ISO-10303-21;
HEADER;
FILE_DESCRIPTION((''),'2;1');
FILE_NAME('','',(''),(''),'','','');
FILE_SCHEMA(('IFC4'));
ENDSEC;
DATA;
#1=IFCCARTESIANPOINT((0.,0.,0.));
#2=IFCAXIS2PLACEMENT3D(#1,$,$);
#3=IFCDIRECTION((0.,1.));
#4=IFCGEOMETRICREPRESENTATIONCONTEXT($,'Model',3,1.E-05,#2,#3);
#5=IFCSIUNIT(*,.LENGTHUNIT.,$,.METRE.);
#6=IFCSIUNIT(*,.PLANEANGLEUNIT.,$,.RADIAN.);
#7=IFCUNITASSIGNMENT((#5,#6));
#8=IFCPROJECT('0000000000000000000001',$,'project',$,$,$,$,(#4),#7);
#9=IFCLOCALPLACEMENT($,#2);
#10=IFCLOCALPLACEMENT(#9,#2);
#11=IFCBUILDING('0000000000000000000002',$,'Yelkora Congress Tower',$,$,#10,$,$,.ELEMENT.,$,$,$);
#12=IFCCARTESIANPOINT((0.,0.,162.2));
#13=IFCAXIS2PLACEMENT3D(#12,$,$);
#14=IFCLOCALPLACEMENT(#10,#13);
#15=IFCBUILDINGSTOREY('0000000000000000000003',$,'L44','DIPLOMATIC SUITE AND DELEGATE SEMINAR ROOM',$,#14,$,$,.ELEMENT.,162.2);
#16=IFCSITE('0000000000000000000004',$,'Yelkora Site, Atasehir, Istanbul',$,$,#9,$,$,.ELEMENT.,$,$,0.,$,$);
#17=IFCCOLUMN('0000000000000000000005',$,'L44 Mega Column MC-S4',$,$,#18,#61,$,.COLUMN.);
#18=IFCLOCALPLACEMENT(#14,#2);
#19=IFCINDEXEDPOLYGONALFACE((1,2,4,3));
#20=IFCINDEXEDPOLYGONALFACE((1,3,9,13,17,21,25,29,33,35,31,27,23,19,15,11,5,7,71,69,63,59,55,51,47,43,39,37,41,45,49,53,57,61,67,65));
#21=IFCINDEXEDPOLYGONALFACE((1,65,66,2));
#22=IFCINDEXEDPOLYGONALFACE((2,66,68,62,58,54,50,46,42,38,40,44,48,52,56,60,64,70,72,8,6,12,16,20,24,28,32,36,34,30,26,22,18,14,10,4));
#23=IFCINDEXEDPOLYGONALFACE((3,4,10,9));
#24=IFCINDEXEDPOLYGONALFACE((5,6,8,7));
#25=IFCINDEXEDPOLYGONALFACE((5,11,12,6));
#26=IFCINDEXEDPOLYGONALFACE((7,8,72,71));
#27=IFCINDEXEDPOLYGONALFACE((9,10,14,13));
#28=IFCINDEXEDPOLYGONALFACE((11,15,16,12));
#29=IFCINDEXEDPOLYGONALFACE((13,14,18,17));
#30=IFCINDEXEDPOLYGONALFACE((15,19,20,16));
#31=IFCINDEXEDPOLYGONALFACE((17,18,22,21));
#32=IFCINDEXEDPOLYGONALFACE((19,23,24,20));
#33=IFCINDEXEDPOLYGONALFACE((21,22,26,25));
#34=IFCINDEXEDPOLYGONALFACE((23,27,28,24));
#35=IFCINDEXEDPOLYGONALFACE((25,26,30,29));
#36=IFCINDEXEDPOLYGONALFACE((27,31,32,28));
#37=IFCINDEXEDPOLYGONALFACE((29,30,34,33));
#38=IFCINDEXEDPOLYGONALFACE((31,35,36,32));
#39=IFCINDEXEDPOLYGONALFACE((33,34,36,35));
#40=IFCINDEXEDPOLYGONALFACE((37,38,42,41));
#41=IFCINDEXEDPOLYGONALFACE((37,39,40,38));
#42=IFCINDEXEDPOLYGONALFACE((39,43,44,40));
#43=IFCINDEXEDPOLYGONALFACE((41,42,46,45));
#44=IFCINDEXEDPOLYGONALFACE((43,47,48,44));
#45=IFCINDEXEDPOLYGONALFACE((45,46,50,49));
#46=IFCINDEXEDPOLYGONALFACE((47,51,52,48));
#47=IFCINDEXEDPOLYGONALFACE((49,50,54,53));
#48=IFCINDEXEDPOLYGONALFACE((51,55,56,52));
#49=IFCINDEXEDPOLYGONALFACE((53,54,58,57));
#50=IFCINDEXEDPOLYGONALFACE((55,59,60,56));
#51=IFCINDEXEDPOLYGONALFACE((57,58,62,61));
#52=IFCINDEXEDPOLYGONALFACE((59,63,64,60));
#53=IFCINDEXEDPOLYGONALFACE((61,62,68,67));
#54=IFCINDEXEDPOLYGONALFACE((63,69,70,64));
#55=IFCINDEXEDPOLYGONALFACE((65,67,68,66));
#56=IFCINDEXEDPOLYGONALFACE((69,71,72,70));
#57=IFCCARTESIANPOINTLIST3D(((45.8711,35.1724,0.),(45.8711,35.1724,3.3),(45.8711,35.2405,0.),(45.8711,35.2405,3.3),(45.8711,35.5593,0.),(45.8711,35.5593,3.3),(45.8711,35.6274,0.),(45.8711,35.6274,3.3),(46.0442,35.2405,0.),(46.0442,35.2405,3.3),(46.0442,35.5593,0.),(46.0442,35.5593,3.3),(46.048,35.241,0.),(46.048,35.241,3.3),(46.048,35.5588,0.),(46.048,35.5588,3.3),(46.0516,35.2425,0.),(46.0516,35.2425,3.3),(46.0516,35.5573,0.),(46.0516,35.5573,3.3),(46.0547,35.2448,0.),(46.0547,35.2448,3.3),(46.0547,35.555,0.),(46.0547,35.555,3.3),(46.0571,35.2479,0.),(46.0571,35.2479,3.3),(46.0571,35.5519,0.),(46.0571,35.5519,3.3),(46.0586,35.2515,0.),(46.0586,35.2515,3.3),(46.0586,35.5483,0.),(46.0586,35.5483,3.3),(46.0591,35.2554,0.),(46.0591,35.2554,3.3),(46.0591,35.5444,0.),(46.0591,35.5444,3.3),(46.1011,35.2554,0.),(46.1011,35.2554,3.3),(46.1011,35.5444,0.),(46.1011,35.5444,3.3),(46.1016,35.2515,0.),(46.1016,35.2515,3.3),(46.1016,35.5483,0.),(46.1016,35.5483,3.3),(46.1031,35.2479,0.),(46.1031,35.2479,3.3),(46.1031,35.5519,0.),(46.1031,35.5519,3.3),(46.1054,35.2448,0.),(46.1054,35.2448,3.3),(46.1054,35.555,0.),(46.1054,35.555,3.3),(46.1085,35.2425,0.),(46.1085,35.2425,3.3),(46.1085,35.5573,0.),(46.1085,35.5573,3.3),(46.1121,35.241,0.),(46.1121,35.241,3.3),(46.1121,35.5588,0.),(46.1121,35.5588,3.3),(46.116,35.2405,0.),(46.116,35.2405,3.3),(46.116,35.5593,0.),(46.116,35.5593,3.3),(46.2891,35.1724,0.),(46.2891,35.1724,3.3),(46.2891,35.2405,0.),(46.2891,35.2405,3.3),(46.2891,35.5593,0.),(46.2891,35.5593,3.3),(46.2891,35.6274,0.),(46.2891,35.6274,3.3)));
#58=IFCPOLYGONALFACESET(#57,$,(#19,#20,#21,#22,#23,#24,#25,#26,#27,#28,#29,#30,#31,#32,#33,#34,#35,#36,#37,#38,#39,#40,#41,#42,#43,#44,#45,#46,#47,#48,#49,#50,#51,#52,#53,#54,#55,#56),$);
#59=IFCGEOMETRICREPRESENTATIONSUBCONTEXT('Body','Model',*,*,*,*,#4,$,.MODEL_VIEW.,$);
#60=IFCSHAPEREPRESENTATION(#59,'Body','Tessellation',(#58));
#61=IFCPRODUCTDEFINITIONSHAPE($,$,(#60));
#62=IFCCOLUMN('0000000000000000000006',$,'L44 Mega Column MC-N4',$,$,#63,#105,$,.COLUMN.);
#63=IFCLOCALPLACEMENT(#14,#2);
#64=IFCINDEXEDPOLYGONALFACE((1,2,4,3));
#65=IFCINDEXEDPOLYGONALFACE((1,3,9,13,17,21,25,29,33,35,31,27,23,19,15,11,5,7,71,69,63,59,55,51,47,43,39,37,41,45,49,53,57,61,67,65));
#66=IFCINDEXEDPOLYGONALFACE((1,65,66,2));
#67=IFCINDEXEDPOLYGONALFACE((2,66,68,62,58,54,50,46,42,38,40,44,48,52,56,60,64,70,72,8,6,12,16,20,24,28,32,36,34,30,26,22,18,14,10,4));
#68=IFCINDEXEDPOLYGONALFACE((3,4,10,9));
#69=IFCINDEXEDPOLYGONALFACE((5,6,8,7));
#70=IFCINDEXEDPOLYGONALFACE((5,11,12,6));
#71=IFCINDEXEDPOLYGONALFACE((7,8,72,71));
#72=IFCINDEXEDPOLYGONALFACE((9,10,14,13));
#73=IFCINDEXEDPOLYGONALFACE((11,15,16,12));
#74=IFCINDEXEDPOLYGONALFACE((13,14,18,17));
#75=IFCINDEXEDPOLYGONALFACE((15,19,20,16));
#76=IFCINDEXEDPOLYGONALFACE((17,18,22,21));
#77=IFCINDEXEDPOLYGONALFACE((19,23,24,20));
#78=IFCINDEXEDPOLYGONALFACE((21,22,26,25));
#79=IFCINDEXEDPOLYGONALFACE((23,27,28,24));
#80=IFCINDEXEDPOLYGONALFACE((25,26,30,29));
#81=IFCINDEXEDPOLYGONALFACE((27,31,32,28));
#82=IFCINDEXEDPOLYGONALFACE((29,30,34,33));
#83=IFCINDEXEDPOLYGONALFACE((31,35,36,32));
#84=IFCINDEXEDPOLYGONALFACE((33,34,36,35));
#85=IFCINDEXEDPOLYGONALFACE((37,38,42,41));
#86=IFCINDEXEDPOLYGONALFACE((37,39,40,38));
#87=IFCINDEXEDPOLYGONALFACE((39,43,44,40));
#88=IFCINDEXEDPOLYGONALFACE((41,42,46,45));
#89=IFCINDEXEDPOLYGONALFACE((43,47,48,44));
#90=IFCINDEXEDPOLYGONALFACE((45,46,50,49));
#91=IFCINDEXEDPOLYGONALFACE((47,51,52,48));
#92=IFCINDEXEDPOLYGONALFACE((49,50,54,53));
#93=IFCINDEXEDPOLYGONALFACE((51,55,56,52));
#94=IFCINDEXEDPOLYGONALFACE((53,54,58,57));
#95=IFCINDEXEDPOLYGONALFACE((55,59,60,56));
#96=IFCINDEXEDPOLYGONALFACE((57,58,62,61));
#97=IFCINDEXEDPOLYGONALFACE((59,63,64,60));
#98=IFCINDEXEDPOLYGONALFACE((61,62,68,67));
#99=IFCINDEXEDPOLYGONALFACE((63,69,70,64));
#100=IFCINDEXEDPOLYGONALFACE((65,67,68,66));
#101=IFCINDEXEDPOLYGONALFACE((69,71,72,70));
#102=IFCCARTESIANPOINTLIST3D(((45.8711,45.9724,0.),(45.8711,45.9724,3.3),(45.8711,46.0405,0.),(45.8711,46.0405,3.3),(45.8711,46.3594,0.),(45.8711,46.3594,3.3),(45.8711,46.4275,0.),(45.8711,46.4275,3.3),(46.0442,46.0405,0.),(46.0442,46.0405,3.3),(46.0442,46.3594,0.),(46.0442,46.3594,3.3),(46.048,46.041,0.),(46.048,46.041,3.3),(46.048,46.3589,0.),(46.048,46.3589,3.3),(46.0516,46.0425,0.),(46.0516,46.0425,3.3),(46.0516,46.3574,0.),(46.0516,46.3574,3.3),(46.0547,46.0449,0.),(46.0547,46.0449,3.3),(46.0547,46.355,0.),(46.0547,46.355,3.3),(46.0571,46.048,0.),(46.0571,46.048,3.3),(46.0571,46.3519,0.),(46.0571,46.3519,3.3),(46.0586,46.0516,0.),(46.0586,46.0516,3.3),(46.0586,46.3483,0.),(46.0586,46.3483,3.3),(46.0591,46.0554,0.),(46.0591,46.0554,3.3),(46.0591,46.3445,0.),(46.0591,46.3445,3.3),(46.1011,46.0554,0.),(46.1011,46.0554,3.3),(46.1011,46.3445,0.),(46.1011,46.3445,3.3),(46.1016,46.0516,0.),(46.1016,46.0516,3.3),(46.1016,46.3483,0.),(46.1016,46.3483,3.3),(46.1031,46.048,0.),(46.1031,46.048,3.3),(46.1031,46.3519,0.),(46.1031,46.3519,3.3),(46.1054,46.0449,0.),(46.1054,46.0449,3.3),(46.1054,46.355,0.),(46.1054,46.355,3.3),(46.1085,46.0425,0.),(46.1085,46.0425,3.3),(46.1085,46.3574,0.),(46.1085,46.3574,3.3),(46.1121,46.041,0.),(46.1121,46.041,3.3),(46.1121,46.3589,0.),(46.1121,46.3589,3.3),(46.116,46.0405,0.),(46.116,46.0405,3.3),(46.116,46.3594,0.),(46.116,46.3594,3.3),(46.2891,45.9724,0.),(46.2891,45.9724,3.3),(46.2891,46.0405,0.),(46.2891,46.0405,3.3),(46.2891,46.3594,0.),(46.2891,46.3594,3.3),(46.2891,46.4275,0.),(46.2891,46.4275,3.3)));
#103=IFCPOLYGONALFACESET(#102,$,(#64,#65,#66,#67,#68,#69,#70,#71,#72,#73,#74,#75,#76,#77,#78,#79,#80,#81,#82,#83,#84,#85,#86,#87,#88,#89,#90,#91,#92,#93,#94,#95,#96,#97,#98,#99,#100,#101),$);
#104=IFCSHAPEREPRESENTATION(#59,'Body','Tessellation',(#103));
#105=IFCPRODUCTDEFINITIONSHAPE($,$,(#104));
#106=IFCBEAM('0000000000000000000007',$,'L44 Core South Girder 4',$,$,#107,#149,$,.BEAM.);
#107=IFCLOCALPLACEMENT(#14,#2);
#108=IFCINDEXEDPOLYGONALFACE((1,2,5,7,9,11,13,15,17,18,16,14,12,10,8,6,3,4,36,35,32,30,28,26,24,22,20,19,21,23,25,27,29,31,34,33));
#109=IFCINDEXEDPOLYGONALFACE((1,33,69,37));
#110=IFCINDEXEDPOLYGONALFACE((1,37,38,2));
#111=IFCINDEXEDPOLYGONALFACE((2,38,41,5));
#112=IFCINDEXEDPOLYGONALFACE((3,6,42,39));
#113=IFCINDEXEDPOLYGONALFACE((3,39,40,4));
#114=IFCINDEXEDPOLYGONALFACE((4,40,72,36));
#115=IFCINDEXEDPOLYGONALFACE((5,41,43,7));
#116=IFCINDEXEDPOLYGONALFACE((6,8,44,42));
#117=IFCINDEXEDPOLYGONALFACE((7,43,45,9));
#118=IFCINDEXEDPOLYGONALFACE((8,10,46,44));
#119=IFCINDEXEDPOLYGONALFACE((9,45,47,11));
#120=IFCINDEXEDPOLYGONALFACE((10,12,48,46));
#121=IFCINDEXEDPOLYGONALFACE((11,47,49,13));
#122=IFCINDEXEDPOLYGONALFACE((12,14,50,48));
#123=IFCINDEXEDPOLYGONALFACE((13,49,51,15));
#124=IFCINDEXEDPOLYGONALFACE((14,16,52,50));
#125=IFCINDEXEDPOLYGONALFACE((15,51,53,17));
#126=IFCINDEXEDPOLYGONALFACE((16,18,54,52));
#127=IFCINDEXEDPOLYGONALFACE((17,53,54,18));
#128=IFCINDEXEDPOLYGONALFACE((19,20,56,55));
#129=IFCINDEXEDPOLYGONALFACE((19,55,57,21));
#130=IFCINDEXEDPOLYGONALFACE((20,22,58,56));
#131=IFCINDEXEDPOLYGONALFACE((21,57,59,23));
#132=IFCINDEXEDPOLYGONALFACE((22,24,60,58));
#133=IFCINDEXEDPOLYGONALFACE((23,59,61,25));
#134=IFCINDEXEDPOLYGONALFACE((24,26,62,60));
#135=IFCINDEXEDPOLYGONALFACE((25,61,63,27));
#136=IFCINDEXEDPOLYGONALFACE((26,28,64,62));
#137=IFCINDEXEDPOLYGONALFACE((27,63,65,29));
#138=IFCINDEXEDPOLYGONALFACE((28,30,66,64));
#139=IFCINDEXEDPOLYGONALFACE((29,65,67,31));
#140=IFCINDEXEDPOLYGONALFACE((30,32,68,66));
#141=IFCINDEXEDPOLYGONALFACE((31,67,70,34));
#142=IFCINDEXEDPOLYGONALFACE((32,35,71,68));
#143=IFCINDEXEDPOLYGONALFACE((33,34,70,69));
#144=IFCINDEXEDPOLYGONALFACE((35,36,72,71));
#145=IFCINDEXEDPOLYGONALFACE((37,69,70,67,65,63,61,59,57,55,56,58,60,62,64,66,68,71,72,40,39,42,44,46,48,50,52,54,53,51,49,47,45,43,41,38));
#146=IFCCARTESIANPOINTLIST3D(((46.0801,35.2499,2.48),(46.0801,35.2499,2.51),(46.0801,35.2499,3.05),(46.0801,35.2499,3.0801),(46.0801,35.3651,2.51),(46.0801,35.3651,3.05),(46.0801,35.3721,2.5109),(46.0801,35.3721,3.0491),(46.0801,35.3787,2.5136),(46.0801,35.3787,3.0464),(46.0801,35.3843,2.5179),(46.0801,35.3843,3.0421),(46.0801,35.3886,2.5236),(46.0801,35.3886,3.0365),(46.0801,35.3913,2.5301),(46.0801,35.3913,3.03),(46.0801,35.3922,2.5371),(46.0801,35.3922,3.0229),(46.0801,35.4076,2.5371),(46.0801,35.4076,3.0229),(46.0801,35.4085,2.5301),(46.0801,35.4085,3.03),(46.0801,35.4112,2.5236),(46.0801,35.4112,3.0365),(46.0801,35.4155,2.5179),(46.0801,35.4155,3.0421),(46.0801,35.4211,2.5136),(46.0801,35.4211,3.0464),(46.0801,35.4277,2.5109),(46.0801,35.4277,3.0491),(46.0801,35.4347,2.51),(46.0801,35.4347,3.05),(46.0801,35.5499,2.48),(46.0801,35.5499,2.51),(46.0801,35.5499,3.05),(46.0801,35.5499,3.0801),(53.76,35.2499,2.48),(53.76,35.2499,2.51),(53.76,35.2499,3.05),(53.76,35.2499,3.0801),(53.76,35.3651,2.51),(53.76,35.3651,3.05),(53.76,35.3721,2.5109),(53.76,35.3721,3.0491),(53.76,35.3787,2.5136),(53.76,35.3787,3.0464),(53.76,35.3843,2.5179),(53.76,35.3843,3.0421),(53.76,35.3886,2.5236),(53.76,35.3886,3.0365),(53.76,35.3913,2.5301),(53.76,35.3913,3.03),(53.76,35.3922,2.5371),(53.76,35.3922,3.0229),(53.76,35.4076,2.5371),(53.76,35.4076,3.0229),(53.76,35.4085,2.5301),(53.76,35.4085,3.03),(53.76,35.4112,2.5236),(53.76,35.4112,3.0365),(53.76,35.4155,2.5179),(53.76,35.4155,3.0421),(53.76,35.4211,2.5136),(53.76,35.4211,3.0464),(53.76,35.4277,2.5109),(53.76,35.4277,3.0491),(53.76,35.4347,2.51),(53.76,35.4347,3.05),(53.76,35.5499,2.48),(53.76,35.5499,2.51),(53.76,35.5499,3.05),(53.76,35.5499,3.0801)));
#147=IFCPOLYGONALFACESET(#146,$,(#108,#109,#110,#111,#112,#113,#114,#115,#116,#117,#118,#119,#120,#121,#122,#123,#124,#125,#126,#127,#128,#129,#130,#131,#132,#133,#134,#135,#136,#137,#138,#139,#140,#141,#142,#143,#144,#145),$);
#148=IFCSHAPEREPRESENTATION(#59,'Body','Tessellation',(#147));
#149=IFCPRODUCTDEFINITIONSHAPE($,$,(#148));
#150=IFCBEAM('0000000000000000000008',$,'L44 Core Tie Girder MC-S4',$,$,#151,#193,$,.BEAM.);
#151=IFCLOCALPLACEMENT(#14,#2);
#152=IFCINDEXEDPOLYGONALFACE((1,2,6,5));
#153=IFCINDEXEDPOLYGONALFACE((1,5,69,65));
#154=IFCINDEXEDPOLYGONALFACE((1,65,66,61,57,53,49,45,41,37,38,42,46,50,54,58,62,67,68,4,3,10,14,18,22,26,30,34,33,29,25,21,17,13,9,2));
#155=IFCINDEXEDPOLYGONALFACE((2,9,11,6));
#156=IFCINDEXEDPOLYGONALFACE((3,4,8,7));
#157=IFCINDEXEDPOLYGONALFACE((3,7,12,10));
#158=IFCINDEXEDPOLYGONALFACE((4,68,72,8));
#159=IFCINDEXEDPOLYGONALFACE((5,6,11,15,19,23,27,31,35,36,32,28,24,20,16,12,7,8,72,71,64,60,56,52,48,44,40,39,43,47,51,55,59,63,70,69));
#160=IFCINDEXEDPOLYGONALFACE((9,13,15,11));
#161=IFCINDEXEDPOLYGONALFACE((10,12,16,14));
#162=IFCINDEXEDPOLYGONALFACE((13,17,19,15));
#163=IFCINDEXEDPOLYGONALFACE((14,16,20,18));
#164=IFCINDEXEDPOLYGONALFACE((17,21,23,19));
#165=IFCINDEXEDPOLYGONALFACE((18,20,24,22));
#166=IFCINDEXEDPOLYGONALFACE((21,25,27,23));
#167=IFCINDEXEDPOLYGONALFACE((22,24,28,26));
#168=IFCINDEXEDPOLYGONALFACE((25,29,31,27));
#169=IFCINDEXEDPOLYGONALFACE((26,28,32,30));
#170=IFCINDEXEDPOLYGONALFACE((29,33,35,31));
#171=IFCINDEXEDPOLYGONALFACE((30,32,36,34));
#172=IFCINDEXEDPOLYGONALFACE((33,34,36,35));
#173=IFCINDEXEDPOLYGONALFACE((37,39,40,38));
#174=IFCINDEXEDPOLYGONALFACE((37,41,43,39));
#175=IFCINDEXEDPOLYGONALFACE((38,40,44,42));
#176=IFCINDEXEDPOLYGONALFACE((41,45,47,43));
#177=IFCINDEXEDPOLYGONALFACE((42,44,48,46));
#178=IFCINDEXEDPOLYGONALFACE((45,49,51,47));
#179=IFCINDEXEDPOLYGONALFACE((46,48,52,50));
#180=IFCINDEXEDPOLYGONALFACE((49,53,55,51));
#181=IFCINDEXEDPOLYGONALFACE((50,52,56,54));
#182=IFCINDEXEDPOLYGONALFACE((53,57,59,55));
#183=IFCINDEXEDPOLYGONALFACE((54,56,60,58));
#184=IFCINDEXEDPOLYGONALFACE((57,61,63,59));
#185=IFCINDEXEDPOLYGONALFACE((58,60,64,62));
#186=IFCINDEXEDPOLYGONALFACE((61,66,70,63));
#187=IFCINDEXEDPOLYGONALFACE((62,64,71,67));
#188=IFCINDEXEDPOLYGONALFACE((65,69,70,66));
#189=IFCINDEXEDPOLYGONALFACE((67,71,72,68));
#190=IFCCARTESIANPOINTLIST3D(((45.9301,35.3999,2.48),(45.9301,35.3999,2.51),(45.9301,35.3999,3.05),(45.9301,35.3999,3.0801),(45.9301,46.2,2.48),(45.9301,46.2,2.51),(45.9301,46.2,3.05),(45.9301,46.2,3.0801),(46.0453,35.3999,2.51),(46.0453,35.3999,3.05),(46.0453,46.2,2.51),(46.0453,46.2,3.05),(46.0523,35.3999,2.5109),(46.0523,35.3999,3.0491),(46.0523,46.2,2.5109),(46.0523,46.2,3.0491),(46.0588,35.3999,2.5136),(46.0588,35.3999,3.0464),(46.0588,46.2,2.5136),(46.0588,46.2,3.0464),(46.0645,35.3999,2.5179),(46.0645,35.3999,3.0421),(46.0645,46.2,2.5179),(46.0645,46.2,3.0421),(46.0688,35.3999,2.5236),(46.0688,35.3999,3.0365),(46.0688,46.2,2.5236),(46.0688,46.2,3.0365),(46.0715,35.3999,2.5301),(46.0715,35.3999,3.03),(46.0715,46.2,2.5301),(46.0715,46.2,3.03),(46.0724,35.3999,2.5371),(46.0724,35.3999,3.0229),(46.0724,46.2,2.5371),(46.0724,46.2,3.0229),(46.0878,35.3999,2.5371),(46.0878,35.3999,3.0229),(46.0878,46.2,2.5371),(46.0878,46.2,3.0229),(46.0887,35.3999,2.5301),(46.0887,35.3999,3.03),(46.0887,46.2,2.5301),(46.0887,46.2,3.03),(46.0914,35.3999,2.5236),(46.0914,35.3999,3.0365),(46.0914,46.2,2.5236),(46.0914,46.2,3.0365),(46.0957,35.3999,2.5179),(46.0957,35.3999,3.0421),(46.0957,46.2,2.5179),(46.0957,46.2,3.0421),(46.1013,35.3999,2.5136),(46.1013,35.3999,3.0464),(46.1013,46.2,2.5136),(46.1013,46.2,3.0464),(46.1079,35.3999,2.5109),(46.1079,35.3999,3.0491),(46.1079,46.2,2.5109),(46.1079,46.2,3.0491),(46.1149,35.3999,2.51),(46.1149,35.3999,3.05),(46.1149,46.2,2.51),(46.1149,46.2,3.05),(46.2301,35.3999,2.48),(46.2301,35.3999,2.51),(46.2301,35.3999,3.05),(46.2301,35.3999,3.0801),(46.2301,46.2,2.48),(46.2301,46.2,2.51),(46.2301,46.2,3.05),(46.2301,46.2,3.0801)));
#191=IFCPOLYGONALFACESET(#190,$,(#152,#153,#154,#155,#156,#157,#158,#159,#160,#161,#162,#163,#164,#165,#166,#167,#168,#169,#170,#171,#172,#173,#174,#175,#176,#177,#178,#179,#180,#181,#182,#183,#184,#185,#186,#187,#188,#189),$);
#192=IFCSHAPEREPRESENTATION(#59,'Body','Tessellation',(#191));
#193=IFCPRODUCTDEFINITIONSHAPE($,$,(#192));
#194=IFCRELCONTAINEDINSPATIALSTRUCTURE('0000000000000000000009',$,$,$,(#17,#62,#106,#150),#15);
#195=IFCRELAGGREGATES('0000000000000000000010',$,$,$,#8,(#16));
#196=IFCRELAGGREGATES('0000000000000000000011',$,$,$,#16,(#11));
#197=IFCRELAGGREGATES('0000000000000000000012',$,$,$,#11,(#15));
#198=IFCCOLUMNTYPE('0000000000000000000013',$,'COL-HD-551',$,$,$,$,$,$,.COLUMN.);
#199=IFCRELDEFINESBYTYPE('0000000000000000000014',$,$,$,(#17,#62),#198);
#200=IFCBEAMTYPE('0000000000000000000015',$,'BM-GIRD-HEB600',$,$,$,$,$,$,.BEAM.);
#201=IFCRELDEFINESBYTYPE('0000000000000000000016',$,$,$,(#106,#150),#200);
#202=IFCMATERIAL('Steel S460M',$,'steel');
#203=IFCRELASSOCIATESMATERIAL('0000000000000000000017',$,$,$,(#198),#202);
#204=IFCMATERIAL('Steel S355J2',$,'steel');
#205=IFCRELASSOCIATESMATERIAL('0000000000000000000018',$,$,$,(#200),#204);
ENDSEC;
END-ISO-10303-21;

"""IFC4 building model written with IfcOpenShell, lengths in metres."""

from ifc_helpers import new_model, si_unit, direction, frame, origin, origin_2d, place, context, subcontext, project, spatial, i_section, extrude, material, material_profile, profile_set, type_object, element, save


model = new_model("IFC4")

# Units and contexts
model_context = context("Model", 3, precision=1e-05, world=origin(), true_north=direction((0.0, 1.0)))
body_context = subcontext(model_context, "Body", "Model", "MODEL_VIEW")
ifc_project = project(units=[si_unit("LENGTHUNIT", "METRE"), si_unit("PLANEANGLEUNIT", "RADIAN")], contexts=[model_context])

# Site, building, storey
site_placement = place(None, origin())
site = spatial("IfcSite", under=ifc_project, at=site_placement, Name="Yelkora Site, Atasehir, Istanbul", CompositionType="ELEMENT", RefElevation=0.0)
building_placement = place(site_placement, origin())
building = spatial("IfcBuilding", under=site, at=building_placement, Name="Yelkora Congress Tower", CompositionType="ELEMENT")
storey_placement = place(building_placement, frame((0.0, 0.0, 162.2)))
storey = spatial("IfcBuildingStorey", under=building, at=storey_placement, Name="L44", Description="DIPLOMATIC SUITE AND DELEGATE SEMINAR ROOM", CompositionType="ELEMENT", Elevation=162.2)

# Columns
ifc_material_1 = material(Name="Steel S460M", Category="steel")
ifc_material_profile_1 = material_profile(ifc_material_1, i_section(OverallWidth=0.418, OverallDepth=0.4551, WebThickness=0.042, FlangeThickness=0.0681, FilletRadius=0.0149, at=origin_2d()), Name="HD 400x551")
ifc_profile_set_1 = profile_set([ifc_material_profile_1], Name="Steel S460M")
column_type = type_object("IfcColumnType", Name="COL-HD-551", PredefinedType="COLUMN", material=ifc_profile_set_1)
for number, where, z_axis, x_axis, name in (
    (1, (46.0801, 35.3999, 0.0), (0.0, 0.0, 1.0), (1.0, 0.0, 0.0), "L44 Mega Column MC-S4"),
    (2, (46.0801, 46.2, 0.0), (0.0, 0.0, 1.0), (1.0, 0.0, 0.0), "L44 Mega Column MC-N4"),
):
    element("IfcColumn", number, at=place(storey_placement, frame(where, z_axis=z_axis, x_axis=x_axis)), inside=storey, type_object=column_type, Name=name, PredefinedType="COLUMN", context=body_context, shape_type="SweptSolid", body=[
        extrude(i_section(OverallWidth=0.418, OverallDepth=0.4551, WebThickness=0.042, FlangeThickness=0.0681, FilletRadius=0.0149, at=origin_2d()), origin(), (0.0, 0.0, 1.0), 3.3),
    ])

# Beams
ifc_material_2 = material(Name="Steel S355J2", Category="steel")
ifc_material_profile_2 = material_profile(ifc_material_2, i_section(OverallWidth=0.3, OverallDepth=0.6001, WebThickness=0.0154, FlangeThickness=0.03, FilletRadius=0.0271, at=origin_2d()), Name="HEB 600")
ifc_profile_set_2 = profile_set([ifc_material_profile_2], Name="Steel S355J2")
beam_type_1 = type_object("IfcBeamType", Name="BM-GIRD-HEB600", PredefinedType="BEAM", material=ifc_profile_set_2)
beam_1_placement = place(storey_placement, frame((46.0801, 35.3999, 2.78), z_axis=(1.0, 0.0, 0.0), x_axis=(0.0, 1.0, 0.0)))
element("IfcBeam", 3, at=beam_1_placement, inside=storey, type_object=beam_type_1, Name="L44 Core South Girder 4", PredefinedType="BEAM", context=body_context, shape_type="SweptSolid", body=[
    extrude(i_section(OverallWidth=0.3, OverallDepth=0.6001, WebThickness=0.0154, FlangeThickness=0.03, FilletRadius=0.0271, at=origin_2d()), origin(), (0.0, 0.0, 1.0), 7.6799),
])
beam_2_placement = place(storey_placement, frame((46.0801, 35.3999, 2.78), z_axis=(0.0, 1.0, 0.0), x_axis=(-1.0, 0.0, 0.0)))
element("IfcBeam", 4, at=beam_2_placement, inside=storey, type_object=beam_type_1, Name="L44 Core Tie Girder MC-S4", PredefinedType="BEAM", context=body_context, shape_type="SweptSolid", body=[
    extrude(i_section(OverallWidth=0.3, OverallDepth=0.6001, WebThickness=0.0154, FlangeThickness=0.03, FilletRadius=0.0271, at=origin_2d()), origin(), (0.0, 0.0, 1.0), 10.8),
])

save(model, "model.ifc")
